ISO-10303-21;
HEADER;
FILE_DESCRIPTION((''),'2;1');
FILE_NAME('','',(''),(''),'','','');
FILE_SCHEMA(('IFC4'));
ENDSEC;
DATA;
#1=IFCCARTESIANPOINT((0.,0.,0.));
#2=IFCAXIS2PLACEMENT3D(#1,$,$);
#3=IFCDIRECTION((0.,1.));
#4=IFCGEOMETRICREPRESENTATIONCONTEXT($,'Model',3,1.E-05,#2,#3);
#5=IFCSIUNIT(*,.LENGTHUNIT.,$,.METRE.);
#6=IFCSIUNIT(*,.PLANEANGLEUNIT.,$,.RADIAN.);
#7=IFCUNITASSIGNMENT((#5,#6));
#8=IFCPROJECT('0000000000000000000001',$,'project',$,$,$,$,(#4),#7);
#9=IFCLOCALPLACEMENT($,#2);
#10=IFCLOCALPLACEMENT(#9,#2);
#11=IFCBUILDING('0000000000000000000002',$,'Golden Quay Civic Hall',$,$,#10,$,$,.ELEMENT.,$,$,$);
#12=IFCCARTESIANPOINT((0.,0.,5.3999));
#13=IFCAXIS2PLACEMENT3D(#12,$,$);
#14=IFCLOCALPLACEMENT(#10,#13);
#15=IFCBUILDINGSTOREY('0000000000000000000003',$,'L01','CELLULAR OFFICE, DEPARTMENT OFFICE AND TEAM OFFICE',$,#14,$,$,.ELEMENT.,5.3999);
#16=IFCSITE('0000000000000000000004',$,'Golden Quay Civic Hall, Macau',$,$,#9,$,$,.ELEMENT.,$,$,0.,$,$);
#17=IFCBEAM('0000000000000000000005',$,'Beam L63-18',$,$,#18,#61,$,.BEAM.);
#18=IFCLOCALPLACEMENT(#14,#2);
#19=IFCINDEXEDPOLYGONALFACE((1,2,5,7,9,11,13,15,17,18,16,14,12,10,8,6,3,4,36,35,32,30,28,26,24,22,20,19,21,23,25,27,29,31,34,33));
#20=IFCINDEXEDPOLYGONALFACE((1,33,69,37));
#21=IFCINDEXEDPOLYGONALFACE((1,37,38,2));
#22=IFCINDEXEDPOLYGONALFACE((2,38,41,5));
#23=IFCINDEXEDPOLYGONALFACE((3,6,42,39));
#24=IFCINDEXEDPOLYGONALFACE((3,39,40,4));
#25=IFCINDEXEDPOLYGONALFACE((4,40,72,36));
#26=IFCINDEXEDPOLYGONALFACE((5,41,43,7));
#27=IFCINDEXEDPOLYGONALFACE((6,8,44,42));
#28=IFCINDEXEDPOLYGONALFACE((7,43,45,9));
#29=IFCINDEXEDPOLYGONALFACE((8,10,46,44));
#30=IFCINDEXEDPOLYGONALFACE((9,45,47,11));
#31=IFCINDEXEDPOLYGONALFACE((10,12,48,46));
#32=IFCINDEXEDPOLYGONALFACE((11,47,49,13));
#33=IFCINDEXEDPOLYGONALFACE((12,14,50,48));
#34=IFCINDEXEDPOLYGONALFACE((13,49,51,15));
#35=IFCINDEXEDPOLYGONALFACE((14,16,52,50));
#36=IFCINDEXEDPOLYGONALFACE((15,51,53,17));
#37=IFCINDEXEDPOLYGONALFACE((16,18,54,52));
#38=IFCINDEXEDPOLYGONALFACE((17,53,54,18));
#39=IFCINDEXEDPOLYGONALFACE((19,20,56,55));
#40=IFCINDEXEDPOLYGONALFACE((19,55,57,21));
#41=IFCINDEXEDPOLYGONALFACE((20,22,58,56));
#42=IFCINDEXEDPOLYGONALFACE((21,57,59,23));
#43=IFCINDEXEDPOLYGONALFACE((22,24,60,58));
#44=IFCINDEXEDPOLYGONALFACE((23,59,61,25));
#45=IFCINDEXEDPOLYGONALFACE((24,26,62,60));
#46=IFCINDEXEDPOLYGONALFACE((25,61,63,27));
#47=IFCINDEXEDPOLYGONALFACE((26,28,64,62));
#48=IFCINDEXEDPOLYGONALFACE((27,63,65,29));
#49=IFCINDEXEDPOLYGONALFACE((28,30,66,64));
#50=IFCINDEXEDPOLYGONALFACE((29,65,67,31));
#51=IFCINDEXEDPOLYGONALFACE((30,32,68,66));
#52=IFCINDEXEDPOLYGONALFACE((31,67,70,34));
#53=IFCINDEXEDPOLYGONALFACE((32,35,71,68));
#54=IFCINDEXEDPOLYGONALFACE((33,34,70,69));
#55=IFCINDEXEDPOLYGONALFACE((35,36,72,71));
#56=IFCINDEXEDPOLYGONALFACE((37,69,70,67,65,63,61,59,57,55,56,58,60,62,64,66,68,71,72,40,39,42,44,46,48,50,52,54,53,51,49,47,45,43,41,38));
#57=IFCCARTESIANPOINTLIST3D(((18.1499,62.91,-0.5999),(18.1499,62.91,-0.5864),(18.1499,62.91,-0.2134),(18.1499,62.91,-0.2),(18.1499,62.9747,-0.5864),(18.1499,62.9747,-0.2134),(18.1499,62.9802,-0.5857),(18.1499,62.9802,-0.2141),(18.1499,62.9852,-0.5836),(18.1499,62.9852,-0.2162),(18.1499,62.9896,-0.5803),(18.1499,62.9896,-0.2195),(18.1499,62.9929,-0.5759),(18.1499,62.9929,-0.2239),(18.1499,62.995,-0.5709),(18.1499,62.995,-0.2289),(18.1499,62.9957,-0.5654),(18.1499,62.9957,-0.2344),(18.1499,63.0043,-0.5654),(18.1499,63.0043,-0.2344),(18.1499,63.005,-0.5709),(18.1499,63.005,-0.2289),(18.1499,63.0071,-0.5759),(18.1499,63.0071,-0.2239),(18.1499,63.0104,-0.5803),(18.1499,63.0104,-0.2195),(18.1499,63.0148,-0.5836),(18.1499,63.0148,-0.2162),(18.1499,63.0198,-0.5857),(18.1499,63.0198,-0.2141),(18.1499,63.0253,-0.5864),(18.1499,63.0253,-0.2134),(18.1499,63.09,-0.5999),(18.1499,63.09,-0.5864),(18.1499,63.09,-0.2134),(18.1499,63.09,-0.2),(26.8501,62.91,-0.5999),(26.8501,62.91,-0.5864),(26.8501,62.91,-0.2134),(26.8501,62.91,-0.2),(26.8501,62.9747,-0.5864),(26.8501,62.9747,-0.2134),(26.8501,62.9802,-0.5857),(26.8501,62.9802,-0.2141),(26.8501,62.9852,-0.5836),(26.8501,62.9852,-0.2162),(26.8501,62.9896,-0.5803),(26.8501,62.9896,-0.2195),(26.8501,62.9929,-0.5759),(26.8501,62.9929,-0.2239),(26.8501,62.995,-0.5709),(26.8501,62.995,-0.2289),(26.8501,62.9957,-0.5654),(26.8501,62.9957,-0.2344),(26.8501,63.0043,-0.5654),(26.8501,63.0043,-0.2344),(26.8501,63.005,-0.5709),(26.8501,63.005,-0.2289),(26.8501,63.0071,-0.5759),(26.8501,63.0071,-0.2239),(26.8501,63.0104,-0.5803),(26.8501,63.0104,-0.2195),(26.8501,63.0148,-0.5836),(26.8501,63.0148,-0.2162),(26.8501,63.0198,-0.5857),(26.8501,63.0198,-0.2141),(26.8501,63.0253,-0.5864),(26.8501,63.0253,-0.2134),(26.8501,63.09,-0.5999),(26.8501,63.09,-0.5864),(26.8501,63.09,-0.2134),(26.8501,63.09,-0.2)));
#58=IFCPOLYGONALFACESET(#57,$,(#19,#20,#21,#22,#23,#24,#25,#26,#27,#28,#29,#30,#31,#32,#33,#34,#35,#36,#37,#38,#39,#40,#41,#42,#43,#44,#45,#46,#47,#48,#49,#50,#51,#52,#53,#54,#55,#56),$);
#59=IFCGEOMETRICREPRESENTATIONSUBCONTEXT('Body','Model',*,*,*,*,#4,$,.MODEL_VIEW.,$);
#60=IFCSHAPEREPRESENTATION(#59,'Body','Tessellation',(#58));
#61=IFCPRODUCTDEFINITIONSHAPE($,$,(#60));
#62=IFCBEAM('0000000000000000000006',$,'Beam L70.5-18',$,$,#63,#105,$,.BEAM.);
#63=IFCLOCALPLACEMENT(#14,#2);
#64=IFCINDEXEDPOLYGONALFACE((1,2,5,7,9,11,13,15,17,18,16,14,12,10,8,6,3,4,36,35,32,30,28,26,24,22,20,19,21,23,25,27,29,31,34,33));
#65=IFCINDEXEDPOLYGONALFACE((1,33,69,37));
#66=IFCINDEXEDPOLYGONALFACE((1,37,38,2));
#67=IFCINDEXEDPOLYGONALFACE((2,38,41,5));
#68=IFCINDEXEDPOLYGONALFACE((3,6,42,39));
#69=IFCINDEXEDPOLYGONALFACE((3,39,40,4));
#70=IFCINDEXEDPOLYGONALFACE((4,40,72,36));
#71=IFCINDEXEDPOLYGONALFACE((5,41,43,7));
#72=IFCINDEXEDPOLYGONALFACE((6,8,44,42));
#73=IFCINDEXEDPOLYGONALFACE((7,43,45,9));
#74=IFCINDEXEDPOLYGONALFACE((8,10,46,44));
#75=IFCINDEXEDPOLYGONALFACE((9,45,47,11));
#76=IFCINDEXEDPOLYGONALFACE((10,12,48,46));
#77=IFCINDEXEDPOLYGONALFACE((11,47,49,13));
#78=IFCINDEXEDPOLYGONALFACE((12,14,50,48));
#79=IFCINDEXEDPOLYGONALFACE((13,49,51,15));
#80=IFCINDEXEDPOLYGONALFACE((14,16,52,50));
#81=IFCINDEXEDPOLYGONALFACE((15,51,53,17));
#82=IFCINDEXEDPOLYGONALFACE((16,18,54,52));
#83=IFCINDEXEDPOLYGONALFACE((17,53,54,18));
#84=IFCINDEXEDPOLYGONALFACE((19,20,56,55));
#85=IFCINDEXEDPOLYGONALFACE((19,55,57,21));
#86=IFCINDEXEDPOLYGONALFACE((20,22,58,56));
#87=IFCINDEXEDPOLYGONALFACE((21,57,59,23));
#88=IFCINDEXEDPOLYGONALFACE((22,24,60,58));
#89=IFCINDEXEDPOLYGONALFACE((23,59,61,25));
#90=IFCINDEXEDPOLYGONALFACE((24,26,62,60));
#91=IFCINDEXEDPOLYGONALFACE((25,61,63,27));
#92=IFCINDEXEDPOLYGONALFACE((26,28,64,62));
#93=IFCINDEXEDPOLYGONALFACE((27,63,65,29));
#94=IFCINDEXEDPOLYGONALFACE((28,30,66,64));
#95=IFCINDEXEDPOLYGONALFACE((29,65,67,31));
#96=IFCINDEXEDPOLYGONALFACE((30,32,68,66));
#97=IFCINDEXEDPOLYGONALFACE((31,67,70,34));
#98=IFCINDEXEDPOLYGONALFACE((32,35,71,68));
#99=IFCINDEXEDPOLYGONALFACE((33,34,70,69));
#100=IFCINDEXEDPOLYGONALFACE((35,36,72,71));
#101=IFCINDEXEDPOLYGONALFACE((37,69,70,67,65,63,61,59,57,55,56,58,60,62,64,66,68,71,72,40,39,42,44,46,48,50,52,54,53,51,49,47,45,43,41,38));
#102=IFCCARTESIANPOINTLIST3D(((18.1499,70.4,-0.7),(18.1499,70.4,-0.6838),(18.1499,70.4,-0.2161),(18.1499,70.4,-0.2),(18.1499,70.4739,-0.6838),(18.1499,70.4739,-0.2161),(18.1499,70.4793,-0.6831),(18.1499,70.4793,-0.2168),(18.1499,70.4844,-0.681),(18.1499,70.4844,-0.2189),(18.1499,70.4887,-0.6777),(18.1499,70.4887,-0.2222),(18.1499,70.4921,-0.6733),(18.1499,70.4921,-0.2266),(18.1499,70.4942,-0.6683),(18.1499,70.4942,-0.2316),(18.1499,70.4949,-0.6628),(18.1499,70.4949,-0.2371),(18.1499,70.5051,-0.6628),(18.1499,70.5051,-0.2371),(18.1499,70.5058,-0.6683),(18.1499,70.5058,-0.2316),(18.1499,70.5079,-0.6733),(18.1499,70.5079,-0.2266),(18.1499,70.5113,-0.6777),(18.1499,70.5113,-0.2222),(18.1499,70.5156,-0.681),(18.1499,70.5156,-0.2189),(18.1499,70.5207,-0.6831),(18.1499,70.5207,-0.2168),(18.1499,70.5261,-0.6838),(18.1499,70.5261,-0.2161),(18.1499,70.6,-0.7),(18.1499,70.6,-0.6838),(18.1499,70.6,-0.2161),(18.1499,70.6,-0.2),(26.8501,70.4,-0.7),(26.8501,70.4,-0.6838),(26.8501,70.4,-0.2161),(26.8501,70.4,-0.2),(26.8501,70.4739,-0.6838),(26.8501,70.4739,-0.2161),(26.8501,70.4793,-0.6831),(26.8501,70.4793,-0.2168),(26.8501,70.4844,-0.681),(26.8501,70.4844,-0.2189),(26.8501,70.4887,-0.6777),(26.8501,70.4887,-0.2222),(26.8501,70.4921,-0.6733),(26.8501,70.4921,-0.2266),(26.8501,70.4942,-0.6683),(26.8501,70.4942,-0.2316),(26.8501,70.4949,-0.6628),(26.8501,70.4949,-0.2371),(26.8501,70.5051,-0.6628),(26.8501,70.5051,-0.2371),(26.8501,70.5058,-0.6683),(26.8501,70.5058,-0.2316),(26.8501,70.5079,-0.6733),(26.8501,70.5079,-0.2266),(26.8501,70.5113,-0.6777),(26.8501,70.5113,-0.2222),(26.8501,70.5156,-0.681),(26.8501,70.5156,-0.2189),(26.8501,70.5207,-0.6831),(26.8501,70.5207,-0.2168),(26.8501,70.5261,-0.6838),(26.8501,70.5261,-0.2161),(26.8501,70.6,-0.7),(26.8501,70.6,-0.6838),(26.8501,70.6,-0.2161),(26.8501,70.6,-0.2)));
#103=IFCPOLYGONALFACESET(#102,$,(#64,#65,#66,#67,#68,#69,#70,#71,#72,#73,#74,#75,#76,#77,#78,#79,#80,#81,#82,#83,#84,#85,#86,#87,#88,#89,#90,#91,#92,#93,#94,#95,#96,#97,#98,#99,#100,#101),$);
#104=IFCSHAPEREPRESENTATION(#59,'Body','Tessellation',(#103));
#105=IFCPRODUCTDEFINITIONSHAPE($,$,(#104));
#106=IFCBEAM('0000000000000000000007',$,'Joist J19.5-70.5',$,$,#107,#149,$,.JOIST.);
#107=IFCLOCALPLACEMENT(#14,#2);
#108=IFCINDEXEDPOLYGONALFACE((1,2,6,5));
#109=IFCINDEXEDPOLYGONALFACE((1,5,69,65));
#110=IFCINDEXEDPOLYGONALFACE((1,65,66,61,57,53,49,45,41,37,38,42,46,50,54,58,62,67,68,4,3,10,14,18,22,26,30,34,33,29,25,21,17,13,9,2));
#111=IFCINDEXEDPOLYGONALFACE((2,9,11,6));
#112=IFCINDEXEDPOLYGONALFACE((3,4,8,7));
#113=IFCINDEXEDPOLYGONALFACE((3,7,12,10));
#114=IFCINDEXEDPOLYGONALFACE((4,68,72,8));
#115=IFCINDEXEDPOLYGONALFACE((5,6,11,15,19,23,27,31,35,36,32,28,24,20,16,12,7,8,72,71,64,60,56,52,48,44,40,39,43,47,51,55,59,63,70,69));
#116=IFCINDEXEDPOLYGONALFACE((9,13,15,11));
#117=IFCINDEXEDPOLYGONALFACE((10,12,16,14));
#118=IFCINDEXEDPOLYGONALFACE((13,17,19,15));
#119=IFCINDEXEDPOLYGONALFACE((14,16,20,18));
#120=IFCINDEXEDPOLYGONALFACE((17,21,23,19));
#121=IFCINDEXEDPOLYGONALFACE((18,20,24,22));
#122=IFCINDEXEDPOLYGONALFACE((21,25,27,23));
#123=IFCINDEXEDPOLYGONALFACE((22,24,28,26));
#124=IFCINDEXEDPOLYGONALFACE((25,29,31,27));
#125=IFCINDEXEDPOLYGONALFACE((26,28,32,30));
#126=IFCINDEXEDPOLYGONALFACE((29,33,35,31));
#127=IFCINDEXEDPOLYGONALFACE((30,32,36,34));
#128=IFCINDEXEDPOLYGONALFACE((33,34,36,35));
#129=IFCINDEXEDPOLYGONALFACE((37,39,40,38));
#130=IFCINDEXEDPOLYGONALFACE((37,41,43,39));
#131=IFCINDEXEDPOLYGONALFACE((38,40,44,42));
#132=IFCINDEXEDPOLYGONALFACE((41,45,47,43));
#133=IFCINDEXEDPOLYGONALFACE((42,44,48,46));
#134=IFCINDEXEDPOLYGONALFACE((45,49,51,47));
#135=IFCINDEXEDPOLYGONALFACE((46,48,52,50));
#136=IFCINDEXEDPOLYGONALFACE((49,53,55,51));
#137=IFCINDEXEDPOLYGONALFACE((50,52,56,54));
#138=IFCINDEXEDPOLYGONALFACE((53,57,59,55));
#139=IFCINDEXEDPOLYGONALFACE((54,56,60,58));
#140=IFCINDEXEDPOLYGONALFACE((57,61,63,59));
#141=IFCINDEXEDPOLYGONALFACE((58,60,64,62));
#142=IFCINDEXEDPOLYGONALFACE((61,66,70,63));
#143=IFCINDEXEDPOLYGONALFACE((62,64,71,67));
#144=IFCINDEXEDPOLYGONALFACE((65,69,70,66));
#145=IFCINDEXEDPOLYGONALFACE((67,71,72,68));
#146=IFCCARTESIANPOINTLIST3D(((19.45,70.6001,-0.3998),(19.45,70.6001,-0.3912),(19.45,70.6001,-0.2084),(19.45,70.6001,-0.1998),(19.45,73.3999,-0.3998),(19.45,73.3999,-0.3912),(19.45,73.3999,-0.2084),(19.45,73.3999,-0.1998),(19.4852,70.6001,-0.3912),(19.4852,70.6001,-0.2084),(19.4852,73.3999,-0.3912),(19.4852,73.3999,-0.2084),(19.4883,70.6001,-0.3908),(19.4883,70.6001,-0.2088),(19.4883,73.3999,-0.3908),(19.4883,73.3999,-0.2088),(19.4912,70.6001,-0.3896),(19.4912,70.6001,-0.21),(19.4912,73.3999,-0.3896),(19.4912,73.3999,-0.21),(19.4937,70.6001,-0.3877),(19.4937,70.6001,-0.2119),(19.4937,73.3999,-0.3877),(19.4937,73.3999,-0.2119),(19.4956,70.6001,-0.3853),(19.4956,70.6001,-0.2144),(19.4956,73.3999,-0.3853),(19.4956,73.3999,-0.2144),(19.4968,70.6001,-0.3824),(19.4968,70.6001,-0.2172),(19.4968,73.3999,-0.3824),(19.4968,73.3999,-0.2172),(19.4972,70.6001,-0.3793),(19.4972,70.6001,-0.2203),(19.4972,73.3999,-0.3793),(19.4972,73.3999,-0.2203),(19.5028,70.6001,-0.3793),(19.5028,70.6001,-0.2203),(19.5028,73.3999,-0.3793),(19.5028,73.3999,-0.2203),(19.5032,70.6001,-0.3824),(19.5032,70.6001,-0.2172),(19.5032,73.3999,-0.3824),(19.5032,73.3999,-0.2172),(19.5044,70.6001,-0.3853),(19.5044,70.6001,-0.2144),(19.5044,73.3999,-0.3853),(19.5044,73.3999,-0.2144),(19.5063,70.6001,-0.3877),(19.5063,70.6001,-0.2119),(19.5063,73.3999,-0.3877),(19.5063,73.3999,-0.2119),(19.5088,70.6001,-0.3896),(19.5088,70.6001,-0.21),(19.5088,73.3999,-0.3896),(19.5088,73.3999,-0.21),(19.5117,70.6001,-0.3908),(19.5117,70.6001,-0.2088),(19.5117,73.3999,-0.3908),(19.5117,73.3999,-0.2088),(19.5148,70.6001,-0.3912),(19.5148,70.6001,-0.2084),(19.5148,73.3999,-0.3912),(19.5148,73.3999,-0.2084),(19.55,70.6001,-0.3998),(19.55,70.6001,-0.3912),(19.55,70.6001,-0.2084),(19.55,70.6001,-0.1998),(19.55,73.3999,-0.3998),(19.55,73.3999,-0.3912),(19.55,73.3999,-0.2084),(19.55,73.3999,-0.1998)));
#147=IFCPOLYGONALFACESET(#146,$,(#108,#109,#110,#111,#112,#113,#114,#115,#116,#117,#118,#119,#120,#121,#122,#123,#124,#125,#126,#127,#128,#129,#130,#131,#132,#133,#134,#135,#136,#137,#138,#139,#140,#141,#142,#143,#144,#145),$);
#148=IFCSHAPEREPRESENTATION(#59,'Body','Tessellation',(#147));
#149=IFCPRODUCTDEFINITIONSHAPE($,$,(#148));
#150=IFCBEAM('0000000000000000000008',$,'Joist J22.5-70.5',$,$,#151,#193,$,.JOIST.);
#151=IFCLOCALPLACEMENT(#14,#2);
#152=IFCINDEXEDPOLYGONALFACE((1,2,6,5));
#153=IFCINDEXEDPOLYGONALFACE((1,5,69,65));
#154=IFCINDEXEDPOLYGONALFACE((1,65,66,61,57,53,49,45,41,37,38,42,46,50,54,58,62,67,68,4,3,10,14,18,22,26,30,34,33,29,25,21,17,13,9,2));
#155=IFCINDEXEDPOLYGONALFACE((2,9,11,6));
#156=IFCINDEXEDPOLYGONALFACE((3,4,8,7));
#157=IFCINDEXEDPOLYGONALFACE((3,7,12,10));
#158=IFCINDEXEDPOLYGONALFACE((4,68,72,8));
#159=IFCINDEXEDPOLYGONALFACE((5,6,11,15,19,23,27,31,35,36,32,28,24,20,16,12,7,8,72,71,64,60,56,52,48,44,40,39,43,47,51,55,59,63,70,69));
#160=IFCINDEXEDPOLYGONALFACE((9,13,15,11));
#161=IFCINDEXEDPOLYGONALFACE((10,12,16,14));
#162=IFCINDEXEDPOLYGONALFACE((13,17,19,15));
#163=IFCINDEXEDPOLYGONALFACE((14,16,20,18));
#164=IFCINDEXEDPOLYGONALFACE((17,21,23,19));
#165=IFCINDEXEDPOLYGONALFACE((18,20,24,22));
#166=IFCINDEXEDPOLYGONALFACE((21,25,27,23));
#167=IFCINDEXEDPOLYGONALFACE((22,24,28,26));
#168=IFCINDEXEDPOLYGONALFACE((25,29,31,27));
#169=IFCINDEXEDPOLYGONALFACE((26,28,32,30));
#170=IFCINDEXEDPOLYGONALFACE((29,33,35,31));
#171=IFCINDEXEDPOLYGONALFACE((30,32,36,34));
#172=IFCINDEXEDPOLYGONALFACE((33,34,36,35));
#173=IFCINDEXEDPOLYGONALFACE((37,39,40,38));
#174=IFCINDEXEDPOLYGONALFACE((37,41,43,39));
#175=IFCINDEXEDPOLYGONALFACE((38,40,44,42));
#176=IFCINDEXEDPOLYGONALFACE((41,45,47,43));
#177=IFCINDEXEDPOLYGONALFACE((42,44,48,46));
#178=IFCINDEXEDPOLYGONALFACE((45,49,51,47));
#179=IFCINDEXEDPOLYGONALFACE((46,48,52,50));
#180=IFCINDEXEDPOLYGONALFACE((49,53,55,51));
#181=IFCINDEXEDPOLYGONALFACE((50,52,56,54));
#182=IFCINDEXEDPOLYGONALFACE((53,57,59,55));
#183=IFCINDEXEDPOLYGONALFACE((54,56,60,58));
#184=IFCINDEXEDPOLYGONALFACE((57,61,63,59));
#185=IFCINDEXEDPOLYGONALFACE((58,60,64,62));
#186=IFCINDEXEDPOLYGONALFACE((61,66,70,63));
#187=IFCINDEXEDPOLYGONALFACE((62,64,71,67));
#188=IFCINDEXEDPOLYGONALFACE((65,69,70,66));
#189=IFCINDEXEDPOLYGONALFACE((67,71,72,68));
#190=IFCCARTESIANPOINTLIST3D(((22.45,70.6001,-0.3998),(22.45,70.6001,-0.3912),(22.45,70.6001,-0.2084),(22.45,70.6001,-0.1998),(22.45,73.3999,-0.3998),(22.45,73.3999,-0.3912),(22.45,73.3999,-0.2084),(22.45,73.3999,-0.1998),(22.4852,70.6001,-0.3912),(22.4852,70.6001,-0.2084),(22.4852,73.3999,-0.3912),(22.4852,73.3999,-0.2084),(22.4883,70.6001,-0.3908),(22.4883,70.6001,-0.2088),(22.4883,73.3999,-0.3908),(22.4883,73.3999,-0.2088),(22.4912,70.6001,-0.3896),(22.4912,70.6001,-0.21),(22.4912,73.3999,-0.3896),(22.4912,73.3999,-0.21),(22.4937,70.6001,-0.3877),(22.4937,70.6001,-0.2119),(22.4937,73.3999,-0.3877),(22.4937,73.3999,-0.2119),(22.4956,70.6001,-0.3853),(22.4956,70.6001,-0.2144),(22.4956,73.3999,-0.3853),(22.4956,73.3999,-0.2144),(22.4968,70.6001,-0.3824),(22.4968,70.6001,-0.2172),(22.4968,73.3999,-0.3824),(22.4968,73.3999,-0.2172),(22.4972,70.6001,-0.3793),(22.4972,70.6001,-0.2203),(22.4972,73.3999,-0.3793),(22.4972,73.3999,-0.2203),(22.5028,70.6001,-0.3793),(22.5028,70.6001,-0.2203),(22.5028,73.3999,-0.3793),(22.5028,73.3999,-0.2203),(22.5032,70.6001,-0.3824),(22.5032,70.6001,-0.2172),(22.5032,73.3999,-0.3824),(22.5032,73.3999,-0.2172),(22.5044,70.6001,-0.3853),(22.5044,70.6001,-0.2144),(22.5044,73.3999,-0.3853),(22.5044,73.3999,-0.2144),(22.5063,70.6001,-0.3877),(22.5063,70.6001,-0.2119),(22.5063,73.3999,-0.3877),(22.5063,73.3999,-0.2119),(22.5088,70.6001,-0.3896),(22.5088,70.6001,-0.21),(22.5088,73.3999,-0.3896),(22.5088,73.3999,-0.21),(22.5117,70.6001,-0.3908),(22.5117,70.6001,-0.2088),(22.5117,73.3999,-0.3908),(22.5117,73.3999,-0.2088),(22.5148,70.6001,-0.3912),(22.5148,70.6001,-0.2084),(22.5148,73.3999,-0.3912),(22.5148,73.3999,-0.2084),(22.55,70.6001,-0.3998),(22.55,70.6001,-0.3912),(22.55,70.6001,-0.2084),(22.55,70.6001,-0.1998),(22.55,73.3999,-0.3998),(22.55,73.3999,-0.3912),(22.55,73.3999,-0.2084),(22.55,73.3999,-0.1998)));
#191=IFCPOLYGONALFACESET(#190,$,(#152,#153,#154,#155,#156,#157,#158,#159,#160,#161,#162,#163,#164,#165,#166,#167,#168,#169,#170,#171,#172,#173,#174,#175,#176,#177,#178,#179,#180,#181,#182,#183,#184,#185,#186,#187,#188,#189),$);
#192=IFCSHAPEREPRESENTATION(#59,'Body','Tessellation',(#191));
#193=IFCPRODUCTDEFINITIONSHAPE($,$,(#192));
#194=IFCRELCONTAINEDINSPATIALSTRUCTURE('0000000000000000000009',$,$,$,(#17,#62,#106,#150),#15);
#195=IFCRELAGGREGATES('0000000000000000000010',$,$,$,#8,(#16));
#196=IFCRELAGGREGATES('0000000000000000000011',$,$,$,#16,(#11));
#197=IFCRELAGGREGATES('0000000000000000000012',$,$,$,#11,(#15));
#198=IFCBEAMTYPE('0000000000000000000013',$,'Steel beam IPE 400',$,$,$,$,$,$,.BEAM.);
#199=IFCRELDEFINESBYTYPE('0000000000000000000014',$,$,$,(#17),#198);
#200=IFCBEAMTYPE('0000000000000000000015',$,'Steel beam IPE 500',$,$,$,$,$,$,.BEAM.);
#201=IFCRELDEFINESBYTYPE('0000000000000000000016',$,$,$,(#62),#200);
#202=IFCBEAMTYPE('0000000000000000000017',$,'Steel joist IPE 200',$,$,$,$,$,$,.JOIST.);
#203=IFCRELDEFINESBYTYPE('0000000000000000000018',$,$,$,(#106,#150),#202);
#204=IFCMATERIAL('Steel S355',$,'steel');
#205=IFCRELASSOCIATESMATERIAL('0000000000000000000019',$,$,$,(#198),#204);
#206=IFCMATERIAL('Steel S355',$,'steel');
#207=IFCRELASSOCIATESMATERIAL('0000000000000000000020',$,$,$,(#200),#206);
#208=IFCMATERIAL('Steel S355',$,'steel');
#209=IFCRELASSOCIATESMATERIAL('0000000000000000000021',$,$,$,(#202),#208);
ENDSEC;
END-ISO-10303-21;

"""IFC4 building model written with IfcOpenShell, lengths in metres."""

from ifc_helpers import new_model, si_unit, direction, frame, origin, origin_2d, place, context, subcontext, project, spatial, i_section, extrude, material, material_profile, profile_set, type_object, element, save


model = new_model("IFC4")

# Units and contexts
model_context = context("Model", 3, precision=1e-05, world=origin(), true_north=direction((0.0, 1.0)))
body_context = subcontext(model_context, "Body", "Model", "MODEL_VIEW")
ifc_project = project(units=[si_unit("LENGTHUNIT", "METRE"), si_unit("PLANEANGLEUNIT", "RADIAN")], contexts=[model_context])

# Site, building, storey
site_placement = place(None, origin())
site = spatial("IfcSite", under=ifc_project, at=site_placement, Name="Golden Quay Civic Hall, Macau", CompositionType="ELEMENT", RefElevation=0.0)
building_placement = place(site_placement, origin())
building = spatial("IfcBuilding", under=site, at=building_placement, Name="Golden Quay Civic Hall", CompositionType="ELEMENT")
storey_placement = place(building_placement, frame((0.0, 0.0, 5.3999)))
storey = spatial("IfcBuildingStorey", under=building, at=storey_placement, Name="L01", Description="CELLULAR OFFICE, DEPARTMENT OFFICE AND TEAM OFFICE", CompositionType="ELEMENT", Elevation=5.3999)

# Beams
ifc_material_1 = material(Name="Steel S355", Category="steel")
ifc_material_profile_1 = material_profile(ifc_material_1, i_section(OverallWidth=0.1799, OverallDepth=0.3999, WebThickness=0.0085, FlangeThickness=0.0134, FilletRadius=0.021, at=origin_2d()), Name="IPE 400")
ifc_profile_set_1 = profile_set([ifc_material_profile_1], Name="Steel S355")
beam_type_1 = type_object("IfcBeamType", Name="Steel beam IPE 400", PredefinedType="BEAM", material=ifc_profile_set_1)
beam_1_placement = place(storey_placement, frame((18.1499, 63.0, -0.3999), z_axis=(1.0, 0.0, 0.0), x_axis=(0.0, 1.0, 0.0)))
element("IfcBeam", 1, at=beam_1_placement, inside=storey, type_object=beam_type_1, Name="Beam L63-18", PredefinedType="BEAM", context=body_context, shape_type="SweptSolid", body=[
    extrude(i_section(OverallWidth=0.1799, OverallDepth=0.3999, WebThickness=0.0085, FlangeThickness=0.0134, FilletRadius=0.021, at=origin_2d()), origin(), (0.0, 0.0, 1.0), 8.7002),
])
ifc_material_2 = material(Name="Steel S355", Category="steel")
ifc_material_profile_2 = material_profile(ifc_material_2, i_section(OverallWidth=0.2, OverallDepth=0.5, WebThickness=0.0103, FlangeThickness=0.0161, FilletRadius=0.021, at=origin_2d()), Name="IPE 500")
ifc_profile_set_2 = profile_set([ifc_material_profile_2], Name="Steel S355")
beam_type_2 = type_object("IfcBeamType", Name="Steel beam IPE 500", PredefinedType="BEAM", material=ifc_profile_set_2)
beam_2_placement = place(storey_placement, frame((18.1499, 70.5, -0.45), z_axis=(1.0, 0.0, 0.0), x_axis=(0.0, 1.0, 0.0)))
element("IfcBeam", 2, at=beam_2_placement, inside=storey, type_object=beam_type_2, Name="Beam L70.5-18", PredefinedType="BEAM", context=body_context, shape_type="SweptSolid", body=[
    extrude(i_section(OverallWidth=0.2, OverallDepth=0.5, WebThickness=0.0103, FlangeThickness=0.0161, FilletRadius=0.021, at=origin_2d()), origin(), (0.0, 0.0, 1.0), 8.7002),
])
ifc_material_3 = material(Name="Steel S355", Category="steel")
ifc_material_profile_3 = material_profile(ifc_material_3, i_section(OverallWidth=0.1001, OverallDepth=0.2, WebThickness=0.0056, FlangeThickness=0.0085, FilletRadius=0.012, at=origin_2d()), Name="IPE 200")
ifc_profile_set_3 = profile_set([ifc_material_profile_3], Name="Steel S355")
beam_type_3 = type_object("IfcBeamType", Name="Steel joist IPE 200", PredefinedType="JOIST", material=ifc_profile_set_3)
for number, where, z_axis, x_axis, name in (
    (3, (19.5, 70.6001, -0.2998), (0.0, 1.0, 0.0), (-1.0, 0.0, 0.0), "Joist J19.5-70.5"),
    (4, (22.5, 70.6001, -0.2998), (0.0, 1.0, 0.0), (-1.0, 0.0, 0.0), "Joist J22.5-70.5"),
):
    element("IfcBeam", number, at=place(storey_placement, frame(where, z_axis=z_axis, x_axis=x_axis)), inside=storey, type_object=beam_type_3, Name=name, PredefinedType="JOIST", context=body_context, shape_type="SweptSolid", body=[
        extrude(i_section(OverallWidth=0.1001, OverallDepth=0.2, WebThickness=0.0056, FlangeThickness=0.0085, FilletRadius=0.012, at=origin_2d()), origin(), (0.0, 0.0, 1.0), 2.7998),
    ])

save(model, "model.ifc")
